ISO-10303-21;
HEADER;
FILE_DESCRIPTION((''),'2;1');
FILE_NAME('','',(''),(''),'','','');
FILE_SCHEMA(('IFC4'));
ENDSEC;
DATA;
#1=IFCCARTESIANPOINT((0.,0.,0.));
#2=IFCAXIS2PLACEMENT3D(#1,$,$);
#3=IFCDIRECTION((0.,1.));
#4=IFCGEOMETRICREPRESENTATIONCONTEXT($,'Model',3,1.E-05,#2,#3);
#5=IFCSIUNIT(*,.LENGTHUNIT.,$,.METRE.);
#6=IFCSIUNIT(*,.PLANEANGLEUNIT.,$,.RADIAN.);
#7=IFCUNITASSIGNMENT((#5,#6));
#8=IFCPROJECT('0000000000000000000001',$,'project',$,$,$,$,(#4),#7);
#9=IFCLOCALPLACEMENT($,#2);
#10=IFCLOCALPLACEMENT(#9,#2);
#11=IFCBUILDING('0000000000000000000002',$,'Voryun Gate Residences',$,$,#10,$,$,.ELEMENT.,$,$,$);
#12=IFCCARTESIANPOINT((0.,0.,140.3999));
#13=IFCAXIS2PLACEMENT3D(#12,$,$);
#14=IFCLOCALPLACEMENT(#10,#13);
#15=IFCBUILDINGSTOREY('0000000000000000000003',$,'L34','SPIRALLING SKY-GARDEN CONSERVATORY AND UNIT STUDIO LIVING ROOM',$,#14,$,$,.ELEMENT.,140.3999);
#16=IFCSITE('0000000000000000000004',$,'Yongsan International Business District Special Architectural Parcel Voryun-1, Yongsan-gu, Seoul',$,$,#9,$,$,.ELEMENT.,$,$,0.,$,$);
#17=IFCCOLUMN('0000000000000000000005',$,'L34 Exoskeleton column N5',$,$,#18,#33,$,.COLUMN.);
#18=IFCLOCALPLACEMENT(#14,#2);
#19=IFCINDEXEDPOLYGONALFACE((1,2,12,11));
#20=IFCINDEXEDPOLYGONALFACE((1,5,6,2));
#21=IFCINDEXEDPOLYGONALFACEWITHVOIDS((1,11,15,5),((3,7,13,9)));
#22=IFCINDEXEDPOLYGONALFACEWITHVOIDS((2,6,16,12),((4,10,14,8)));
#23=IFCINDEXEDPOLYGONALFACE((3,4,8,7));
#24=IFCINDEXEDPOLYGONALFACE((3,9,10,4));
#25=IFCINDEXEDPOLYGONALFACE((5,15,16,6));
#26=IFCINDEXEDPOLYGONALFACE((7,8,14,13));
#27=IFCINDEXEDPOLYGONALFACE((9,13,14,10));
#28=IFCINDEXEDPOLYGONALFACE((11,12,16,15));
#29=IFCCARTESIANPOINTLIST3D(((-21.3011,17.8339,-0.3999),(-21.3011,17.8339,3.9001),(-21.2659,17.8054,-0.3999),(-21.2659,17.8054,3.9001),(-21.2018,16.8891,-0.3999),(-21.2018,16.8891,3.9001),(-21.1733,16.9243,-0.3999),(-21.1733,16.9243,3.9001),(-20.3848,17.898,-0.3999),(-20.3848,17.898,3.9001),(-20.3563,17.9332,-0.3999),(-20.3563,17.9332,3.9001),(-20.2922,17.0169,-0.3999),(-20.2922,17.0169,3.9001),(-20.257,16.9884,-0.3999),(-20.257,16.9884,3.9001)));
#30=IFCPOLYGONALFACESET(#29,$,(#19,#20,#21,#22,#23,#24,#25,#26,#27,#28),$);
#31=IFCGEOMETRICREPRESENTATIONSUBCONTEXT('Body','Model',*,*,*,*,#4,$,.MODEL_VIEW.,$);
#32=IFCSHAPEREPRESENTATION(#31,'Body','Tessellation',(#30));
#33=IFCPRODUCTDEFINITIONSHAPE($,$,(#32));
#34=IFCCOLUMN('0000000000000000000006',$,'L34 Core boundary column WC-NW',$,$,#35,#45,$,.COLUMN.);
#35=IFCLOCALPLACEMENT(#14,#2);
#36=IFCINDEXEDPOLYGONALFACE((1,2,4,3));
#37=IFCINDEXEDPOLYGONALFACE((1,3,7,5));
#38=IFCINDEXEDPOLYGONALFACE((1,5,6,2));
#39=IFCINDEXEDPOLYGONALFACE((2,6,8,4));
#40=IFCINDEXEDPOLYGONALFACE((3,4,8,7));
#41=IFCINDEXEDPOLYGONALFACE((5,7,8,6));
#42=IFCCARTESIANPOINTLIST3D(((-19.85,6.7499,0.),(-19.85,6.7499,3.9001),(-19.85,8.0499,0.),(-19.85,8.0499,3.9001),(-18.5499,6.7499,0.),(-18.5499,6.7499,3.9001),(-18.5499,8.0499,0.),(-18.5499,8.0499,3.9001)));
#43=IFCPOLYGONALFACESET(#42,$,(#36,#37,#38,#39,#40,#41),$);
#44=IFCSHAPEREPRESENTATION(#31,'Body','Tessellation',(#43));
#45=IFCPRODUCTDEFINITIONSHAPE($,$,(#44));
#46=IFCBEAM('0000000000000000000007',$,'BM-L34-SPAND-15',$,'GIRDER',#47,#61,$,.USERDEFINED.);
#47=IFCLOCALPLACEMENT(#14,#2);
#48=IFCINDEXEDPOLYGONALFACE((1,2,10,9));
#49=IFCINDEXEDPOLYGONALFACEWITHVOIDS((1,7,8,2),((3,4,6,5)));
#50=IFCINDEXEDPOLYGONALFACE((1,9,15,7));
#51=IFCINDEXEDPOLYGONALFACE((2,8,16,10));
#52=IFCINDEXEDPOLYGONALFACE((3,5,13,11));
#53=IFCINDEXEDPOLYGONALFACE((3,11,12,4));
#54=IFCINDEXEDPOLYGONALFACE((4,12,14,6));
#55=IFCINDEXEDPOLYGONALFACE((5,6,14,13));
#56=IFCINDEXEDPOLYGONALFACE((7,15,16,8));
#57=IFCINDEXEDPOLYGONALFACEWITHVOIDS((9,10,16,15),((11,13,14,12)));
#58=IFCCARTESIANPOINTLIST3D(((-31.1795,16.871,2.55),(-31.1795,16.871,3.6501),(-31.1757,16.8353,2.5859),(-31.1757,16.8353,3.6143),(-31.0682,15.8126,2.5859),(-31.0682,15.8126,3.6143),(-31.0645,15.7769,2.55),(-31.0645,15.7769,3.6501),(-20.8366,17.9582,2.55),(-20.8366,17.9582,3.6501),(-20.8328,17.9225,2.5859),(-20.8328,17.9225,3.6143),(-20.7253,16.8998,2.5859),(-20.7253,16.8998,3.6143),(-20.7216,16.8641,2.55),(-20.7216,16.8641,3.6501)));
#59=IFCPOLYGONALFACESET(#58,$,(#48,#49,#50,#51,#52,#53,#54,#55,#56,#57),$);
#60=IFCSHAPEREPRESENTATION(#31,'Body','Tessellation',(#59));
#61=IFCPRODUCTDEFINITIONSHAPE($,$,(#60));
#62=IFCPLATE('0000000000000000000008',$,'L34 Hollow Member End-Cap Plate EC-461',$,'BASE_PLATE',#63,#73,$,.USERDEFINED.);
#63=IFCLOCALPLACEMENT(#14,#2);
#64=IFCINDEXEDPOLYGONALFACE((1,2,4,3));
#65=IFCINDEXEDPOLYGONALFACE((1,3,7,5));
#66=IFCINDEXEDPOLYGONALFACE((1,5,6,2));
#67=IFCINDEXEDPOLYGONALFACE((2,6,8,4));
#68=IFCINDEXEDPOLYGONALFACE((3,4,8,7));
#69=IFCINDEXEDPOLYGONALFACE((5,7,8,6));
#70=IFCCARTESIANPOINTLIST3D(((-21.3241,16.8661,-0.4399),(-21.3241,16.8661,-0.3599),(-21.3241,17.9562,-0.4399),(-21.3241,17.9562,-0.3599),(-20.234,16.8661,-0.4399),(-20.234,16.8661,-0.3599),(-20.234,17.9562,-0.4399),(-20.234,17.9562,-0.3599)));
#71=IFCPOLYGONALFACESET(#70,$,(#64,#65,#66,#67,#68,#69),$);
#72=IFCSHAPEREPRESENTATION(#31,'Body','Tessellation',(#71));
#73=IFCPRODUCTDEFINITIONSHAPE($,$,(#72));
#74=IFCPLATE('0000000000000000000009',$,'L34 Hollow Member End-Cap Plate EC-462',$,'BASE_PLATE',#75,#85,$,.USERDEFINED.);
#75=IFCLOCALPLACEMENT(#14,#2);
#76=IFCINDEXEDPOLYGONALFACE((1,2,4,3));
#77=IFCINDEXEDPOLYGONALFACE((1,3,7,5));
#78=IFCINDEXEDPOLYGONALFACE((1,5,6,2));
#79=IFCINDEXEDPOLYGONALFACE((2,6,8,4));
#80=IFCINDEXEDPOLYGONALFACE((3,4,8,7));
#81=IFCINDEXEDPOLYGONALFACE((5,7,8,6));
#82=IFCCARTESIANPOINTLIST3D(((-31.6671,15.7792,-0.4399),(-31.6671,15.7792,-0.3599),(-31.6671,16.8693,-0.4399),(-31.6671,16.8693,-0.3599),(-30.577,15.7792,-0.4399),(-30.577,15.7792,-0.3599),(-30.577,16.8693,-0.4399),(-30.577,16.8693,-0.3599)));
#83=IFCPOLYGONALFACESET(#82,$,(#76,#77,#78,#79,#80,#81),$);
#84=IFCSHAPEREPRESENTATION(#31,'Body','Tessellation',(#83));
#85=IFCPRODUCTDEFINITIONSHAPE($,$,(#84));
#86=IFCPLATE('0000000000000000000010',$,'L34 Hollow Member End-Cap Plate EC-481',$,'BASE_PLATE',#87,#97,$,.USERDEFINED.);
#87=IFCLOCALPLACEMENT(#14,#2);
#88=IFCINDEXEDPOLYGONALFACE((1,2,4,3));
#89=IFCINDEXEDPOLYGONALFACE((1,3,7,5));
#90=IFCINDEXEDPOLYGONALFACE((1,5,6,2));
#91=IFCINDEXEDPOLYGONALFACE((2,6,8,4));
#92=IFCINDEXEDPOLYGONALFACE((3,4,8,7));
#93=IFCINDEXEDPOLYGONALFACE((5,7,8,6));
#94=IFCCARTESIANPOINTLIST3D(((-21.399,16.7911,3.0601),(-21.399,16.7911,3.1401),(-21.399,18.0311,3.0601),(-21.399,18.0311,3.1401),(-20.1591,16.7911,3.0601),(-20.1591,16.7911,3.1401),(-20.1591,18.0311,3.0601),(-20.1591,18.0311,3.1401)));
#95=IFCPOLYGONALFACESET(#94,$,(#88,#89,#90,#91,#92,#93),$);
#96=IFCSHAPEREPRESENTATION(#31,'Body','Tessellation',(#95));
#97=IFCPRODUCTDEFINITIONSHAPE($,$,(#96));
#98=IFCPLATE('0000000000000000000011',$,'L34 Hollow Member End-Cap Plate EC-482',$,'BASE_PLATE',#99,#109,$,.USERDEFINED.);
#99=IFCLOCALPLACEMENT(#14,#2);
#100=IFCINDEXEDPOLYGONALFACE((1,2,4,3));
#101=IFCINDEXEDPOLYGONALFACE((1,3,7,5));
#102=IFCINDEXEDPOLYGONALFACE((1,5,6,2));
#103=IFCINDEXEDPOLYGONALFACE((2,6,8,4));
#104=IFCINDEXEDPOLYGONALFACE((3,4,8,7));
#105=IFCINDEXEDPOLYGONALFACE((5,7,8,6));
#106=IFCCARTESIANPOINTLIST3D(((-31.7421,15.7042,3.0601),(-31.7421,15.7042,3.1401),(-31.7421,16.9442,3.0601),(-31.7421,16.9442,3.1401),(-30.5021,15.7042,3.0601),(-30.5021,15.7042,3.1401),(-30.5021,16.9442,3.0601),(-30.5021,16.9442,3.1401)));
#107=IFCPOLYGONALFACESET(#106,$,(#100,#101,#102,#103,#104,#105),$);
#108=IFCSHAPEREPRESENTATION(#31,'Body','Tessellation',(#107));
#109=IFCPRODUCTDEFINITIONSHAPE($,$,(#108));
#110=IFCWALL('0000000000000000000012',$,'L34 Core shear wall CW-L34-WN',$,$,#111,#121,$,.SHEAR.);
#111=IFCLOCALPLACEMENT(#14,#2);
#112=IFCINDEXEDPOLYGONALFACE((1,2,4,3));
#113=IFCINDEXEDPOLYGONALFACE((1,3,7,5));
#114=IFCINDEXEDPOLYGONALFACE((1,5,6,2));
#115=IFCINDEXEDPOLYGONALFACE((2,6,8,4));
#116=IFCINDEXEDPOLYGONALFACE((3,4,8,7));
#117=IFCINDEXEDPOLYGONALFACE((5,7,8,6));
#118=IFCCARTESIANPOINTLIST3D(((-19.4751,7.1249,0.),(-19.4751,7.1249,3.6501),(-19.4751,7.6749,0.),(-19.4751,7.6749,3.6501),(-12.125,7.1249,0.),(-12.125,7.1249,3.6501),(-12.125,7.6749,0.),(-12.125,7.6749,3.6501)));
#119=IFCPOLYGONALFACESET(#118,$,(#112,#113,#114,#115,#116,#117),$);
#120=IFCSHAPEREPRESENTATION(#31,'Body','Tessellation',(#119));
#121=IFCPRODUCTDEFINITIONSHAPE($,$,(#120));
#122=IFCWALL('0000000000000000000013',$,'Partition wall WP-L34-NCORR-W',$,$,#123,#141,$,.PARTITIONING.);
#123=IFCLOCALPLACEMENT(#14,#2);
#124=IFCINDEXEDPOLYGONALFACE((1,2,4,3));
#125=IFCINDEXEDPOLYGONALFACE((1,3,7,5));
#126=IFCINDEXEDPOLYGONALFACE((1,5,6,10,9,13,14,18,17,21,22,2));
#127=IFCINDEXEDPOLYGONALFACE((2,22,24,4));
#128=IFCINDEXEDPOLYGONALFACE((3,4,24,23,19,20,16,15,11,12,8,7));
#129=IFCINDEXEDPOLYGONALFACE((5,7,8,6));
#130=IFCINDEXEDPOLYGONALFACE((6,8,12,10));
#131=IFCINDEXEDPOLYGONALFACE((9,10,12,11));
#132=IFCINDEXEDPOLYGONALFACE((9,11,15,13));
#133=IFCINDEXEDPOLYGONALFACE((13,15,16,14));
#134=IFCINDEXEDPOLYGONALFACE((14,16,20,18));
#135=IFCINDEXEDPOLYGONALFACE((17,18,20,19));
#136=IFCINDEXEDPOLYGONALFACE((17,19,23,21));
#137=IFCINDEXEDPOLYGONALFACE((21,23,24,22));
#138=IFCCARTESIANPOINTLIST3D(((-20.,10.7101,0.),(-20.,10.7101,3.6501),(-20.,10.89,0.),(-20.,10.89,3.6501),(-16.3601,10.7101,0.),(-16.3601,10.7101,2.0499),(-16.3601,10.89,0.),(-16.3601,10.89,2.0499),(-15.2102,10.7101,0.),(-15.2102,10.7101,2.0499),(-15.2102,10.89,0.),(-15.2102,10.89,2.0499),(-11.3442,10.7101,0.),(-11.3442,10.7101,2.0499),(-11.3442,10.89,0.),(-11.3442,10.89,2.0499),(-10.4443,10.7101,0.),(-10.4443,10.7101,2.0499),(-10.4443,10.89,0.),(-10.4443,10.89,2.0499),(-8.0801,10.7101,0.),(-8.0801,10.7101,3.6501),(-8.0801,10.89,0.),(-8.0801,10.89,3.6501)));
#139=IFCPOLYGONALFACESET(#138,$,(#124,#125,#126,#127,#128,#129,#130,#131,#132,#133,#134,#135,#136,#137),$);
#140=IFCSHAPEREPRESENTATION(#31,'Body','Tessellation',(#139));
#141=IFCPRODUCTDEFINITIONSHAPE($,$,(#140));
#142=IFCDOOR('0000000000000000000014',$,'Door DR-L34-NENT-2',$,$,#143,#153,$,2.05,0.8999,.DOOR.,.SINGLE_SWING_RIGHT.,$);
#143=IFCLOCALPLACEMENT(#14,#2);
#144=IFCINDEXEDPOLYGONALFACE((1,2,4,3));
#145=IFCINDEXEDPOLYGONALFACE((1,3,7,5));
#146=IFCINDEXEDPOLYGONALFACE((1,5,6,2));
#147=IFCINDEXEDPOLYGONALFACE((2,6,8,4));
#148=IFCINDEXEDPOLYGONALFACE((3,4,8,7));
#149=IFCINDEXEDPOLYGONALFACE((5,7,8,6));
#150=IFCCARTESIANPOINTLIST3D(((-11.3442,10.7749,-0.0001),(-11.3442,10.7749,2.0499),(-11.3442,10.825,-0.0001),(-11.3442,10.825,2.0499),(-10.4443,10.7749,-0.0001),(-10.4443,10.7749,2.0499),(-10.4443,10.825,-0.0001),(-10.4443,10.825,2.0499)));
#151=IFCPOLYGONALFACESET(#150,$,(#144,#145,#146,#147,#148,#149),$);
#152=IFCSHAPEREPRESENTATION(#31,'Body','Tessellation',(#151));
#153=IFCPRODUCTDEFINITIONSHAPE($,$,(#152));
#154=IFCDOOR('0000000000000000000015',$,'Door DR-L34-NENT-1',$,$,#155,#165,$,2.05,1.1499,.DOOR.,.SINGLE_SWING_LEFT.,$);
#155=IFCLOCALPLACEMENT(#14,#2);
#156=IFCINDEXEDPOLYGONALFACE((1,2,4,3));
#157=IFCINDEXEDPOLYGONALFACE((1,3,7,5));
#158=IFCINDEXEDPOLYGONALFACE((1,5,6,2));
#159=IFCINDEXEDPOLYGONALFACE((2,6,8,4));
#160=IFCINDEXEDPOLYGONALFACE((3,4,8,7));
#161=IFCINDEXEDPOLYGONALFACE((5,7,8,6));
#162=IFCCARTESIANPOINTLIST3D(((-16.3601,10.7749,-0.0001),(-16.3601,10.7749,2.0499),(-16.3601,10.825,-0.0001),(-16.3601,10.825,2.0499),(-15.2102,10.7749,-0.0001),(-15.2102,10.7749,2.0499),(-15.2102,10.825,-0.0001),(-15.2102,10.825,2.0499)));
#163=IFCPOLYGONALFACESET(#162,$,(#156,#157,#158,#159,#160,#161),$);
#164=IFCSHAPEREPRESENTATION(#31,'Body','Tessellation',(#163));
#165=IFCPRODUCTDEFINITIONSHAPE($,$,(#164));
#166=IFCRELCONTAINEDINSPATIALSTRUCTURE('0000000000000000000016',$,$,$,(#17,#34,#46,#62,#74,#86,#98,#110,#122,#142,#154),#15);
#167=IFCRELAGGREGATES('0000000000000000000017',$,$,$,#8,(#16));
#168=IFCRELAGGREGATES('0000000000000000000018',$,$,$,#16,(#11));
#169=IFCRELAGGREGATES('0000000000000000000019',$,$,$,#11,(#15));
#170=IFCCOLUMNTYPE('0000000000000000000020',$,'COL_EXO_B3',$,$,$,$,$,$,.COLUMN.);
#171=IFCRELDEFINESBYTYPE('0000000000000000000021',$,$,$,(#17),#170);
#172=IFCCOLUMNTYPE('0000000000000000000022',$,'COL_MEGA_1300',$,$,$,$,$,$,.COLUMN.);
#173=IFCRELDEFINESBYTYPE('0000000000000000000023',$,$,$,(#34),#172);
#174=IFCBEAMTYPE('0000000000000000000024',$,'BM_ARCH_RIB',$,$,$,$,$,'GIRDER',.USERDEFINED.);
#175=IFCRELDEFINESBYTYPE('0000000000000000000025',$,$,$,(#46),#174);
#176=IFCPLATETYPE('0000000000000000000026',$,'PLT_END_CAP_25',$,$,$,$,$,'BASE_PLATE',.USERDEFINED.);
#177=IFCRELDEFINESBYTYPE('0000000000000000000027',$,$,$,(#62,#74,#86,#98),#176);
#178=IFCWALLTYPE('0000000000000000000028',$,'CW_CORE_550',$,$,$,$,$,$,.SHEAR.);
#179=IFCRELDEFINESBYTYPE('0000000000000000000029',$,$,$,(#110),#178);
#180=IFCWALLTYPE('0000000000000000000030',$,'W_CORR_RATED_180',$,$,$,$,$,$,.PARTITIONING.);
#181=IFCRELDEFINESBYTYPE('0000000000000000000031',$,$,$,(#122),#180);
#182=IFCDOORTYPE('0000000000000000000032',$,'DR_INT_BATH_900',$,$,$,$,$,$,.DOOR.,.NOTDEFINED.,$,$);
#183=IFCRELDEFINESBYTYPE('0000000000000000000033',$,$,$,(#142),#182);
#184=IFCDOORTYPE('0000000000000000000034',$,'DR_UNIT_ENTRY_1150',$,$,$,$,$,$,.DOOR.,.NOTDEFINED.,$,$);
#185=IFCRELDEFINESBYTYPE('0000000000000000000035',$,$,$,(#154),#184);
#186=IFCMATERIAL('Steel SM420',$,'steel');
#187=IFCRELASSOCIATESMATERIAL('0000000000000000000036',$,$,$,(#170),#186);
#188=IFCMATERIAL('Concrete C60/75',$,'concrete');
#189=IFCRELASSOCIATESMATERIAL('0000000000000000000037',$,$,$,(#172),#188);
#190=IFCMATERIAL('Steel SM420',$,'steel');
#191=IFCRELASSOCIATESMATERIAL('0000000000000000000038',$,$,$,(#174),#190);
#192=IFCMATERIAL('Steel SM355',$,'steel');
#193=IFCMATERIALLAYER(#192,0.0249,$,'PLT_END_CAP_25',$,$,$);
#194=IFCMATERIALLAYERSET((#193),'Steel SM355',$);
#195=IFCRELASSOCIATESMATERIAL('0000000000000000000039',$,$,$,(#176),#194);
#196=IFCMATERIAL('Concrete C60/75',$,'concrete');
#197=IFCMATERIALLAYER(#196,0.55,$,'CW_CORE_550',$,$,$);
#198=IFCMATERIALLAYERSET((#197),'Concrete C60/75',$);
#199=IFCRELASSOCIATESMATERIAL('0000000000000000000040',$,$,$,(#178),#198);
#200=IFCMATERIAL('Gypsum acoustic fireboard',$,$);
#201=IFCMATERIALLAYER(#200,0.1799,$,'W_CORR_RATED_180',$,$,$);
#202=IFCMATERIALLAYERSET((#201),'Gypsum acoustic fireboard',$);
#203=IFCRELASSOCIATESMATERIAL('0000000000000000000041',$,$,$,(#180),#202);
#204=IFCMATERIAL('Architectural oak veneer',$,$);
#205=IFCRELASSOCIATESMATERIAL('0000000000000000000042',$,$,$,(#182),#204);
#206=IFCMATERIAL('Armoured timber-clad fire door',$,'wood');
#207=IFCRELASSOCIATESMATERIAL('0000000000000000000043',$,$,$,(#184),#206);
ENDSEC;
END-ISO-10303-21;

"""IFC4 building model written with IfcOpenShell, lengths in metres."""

from ifc_helpers import new_model, si_unit, direction, frame, frame_2d, origin, origin_2d, place, context, subcontext, project, spatial, rectangle, hollow_rectangle, extrude, material, layer, layer_set, material_profile, profile_set, type_object, element, fill, save


model = new_model("IFC4")

# Units and contexts
model_context = context("Model", 3, precision=1e-05, world=origin(), true_north=direction((0.0, 1.0)))
body_context = subcontext(model_context, "Body", "Model", "MODEL_VIEW")
ifc_project = project(units=[si_unit("LENGTHUNIT", "METRE"), si_unit("PLANEANGLEUNIT", "RADIAN")], contexts=[model_context])

# Site, building, storey
site_placement = place(None, origin())
site = spatial("IfcSite", under=ifc_project, at=site_placement, Name="Yongsan International Business District Special Architectural Parcel Voryun-1, Yongsan-gu, Seoul", CompositionType="ELEMENT", RefElevation=0.0)
building_placement = place(site_placement, origin())
building = spatial("IfcBuilding", under=site, at=building_placement, Name="Voryun Gate Residences", CompositionType="ELEMENT")
storey_placement = place(building_placement, frame((0.0, 0.0, 140.3999)))
storey = spatial("IfcBuildingStorey", under=building, at=storey_placement, Name="L34", Description="SPIRALLING SKY-GARDEN CONSERVATORY AND UNIT STUDIO LIVING ROOM", CompositionType="ELEMENT", Elevation=140.3999)

# Columns
ifc_material_1 = material(Name="Steel SM420", Category="steel")
ifc_material_profile_1 = material_profile(ifc_material_1, hollow_rectangle(XDim=0.95, YDim=0.95, WallThickness=0.032, at=origin_2d()), Name="BOX-950x950x32")
ifc_profile_set_1 = profile_set([ifc_material_profile_1], Name="Steel SM420")
column_type_1 = type_object("IfcColumnType", Name="COL_EXO_B3", PredefinedType="COLUMN", material=ifc_profile_set_1)
column_1_placement = place(storey_placement, frame((-20.7791, 17.4111, -0.3999), z_axis=(0.0, 0.0, 1.0), x_axis=(0.994522, 0.104528, 0.0)))
element("IfcColumn", 1, at=column_1_placement, inside=storey, type_object=column_type_1, Name="L34 Exoskeleton column N5", PredefinedType="COLUMN", context=body_context, shape_type="SweptSolid", body=[
    extrude(hollow_rectangle(XDim=0.95, YDim=0.95, WallThickness=0.032, at=origin_2d()), origin(), (0.0, 0.0, 1.0), 4.3),
])
ifc_material_2 = material(Name="Concrete C60/75", Category="concrete")
ifc_material_profile_2 = material_profile(ifc_material_2, rectangle(XDim=1.3, YDim=1.3, at=origin_2d()), Name="RC-1300x1300")
ifc_profile_set_2 = profile_set([ifc_material_profile_2], Name="Concrete C60/75")
column_type_2 = type_object("IfcColumnType", Name="COL_MEGA_1300", PredefinedType="COLUMN", material=ifc_profile_set_2)
column_2_placement = place(storey_placement, frame((-19.2, 7.3999, 0.0), z_axis=(0.0, 0.0, 1.0), x_axis=(1.0, 0.0, 0.0)))
element("IfcColumn", 2, at=column_2_placement, inside=storey, type_object=column_type_2, Name="L34 Core boundary column WC-NW", PredefinedType="COLUMN", context=body_context, shape_type="SweptSolid", body=[
    extrude(rectangle(XDim=1.3, YDim=1.3, at=origin_2d()), origin(), (0.0, 0.0, 1.0), 3.9001),
])

# Beam
ifc_material_3 = material(Name="Steel SM420", Category="steel")
ifc_material_profile_3 = material_profile(ifc_material_3, hollow_rectangle(XDim=1.1001, YDim=1.1001, WallThickness=0.0359, at=origin_2d()), Name="BOX-1100x1100x36")
ifc_profile_set_3 = profile_set([ifc_material_profile_3], Name="Steel SM420")
beam_type = type_object("IfcBeamType", Name="BM_ARCH_RIB", ElementType="GIRDER", PredefinedType="USERDEFINED", material=ifc_profile_set_3)
beam_placement = place(storey_placement, frame((-20.7791, 17.4111, 3.1001), z_axis=(-0.994521, -0.104534, 0.0), x_axis=(0.104534, -0.994521, 0.0)))
element("IfcBeam", 3, at=beam_placement, inside=storey, type_object=beam_type, Name="BM-L34-SPAND-15", ObjectType="GIRDER", PredefinedType="USERDEFINED", context=body_context, shape_type="SweptSolid", body=[
    extrude(hollow_rectangle(XDim=1.1001, YDim=1.1001, WallThickness=0.0359, at=origin_2d()), origin(), (0.0, 0.0, 1.0), 10.3999),
])

# Plates
ifc_material_4 = material(Name="Steel SM355", Category="steel")
ifc_layer_1 = layer(ifc_material_4, 0.0249, Name="PLT_END_CAP_25")
ifc_layer_set_1 = layer_set([ifc_layer_1], Name="Steel SM355")
plate_type = type_object("IfcPlateType", Name="PLT_END_CAP_25", ElementType="BASE_PLATE", PredefinedType="USERDEFINED", material=ifc_layer_set_1)
for number, where, z_axis, x_axis, name in (
    (4, (-20.7791, 17.4111, -0.4399), (0.0, 0.0, 1.0), (1.0, 0.0, 0.0), "L34 Hollow Member End-Cap Plate EC-461"),
    (5, (-31.1221, 16.3242, -0.4399), (0.0, 0.0, 1.0), (1.0, 0.0, 0.0), "L34 Hollow Member End-Cap Plate EC-462"),
):
    element("IfcPlate", number, at=place(storey_placement, frame(where, z_axis=z_axis, x_axis=x_axis)), inside=storey, type_object=plate_type, Name=name, ObjectType="BASE_PLATE", PredefinedType="USERDEFINED", context=body_context, shape_type="SweptSolid", body=[
        extrude(rectangle(XDim=1.0901, YDim=1.0901, at=origin_2d()), origin(), (0.0, 0.0, 1.0), 0.0801),
    ])
for number, where, z_axis, x_axis, name in (
    (6, (-20.7791, 17.4111, 3.0601), (0.0, 0.0, 1.0), (1.0, 0.0, 0.0), "L34 Hollow Member End-Cap Plate EC-481"),
    (7, (-31.1221, 16.3242, 3.0601), (0.0, 0.0, 1.0), (1.0, 0.0, 0.0), "L34 Hollow Member End-Cap Plate EC-482"),
):
    element("IfcPlate", number, at=place(storey_placement, frame(where, z_axis=z_axis, x_axis=x_axis)), inside=storey, type_object=plate_type, Name=name, ObjectType="BASE_PLATE", PredefinedType="USERDEFINED", context=body_context, shape_type="SweptSolid", body=[
        extrude(rectangle(XDim=1.24, YDim=1.24, at=origin_2d()), origin(), (0.0, 0.0, 1.0), 0.0801),
    ])

# Wall
ifc_material_5 = material(Name="Concrete C60/75", Category="concrete")
ifc_layer_2 = layer(ifc_material_5, 0.55, Name="CW_CORE_550")
ifc_layer_set_2 = layer_set([ifc_layer_2], Name="Concrete C60/75")
wall_type_1 = type_object("IfcWallType", Name="CW_CORE_550", PredefinedType="SHEAR", material=ifc_layer_set_2)
wall_1_placement = place(storey_placement, frame((-19.4751, 7.3999, 0.0), z_axis=(0.0, 0.0, 1.0), x_axis=(1.0, 0.0, 0.0)))
element("IfcWall", 8, at=wall_1_placement, inside=storey, type_object=wall_type_1, Name="L34 Core shear wall CW-L34-WN", PredefinedType="SHEAR", context=body_context, shape_type="SweptSolid", body=[
    extrude(rectangle(XDim=7.3501, YDim=0.55, at=frame_2d((3.675, 0.0))), origin(), (0.0, 0.0, 1.0), 3.6501),
])

# Wall, openings, doors
ifc_material_6 = material(Name="Gypsum acoustic fireboard")
ifc_layer_3 = layer(ifc_material_6, 0.1799, Name="W_CORR_RATED_180")
ifc_layer_set_3 = layer_set([ifc_layer_3], Name="Gypsum acoustic fireboard")
wall_type_2 = type_object("IfcWallType", Name="W_CORR_RATED_180", PredefinedType="PARTITIONING", material=ifc_layer_set_3)
wall_2_placement = place(storey_placement, frame((-20.0, 10.8, 0.0), z_axis=(0.0, 0.0, 1.0), x_axis=(1.0, 0.0, 0.0)))
wall_2 = element("IfcWall", 9, at=wall_2_placement, inside=storey, type_object=wall_type_2, Name="Partition wall WP-L34-NCORR-W", PredefinedType="PARTITIONING", context=body_context, shape_type="SweptSolid", body=[
    extrude(rectangle(XDim=11.9199, YDim=0.1799, at=frame_2d((5.96, 0.0))), origin(), (0.0, 0.0, 1.0), 3.6501),
])
opening_1_placement = place(wall_2_placement, frame((3.6399, 0.0, 0.0)))
opening_1 = element("IfcOpeningElement", 10, at=opening_1_placement, cuts=wall_2, PredefinedType="OPENING", context=body_context, shape_type="SweptSolid", body=[
    extrude(rectangle(XDim=1.1499, YDim=2.05, at=frame_2d((0.575, 1.0249))), frame((0.0, 0.0999, 0.0), z_axis=(0.0, -1.0, 0.0), x_axis=(1.0, 0.0, 0.0)), (0.0, 0.0, 1.0), 0.2),
])
opening_2_placement = place(wall_2_placement, frame((8.6558, 0.0, 0.0)))
opening_2 = element("IfcOpeningElement", 11, at=opening_2_placement, cuts=wall_2, PredefinedType="OPENING", context=body_context, shape_type="SweptSolid", body=[
    extrude(rectangle(XDim=0.8999, YDim=2.05, at=frame_2d((0.45, 1.0249))), frame((0.0, 0.0999, 0.0), z_axis=(0.0, -1.0, 0.0), x_axis=(1.0, 0.0, 0.0)), (0.0, 0.0, 1.0), 0.2),
])
ifc_material_7 = material(Name="Architectural oak veneer")
door_type_1 = type_object("IfcDoorType", Name="DR_INT_BATH_900", OperationType="NOTDEFINED", PredefinedType="DOOR", material=ifc_material_7)
door_1_placement = place(opening_2_placement, origin())
door_1 = element("IfcDoor", 12, at=door_1_placement, inside=storey, type_object=door_type_1, Name="Door DR-L34-NENT-2", OperationType="SINGLE_SWING_RIGHT", OverallHeight=2.05, OverallWidth=0.8999, PredefinedType="DOOR", context=body_context, shape_type="SweptSolid", body=[
    extrude(rectangle(XDim=0.8999, YDim=2.05, at=frame_2d((0.45, 1.0249))), frame((0.0, 0.0249, 0.0), z_axis=(0.0, -1.0, 0.0), x_axis=(1.0, 0.0, 0.0)), (0.0, 0.0, 1.0), 0.05),
])
fill(opening_2, door_1)
ifc_material_8 = material(Name="Armoured timber-clad fire door", Category="wood")
door_type_2 = type_object("IfcDoorType", Name="DR_UNIT_ENTRY_1150", OperationType="NOTDEFINED", PredefinedType="DOOR", material=ifc_material_8)
door_2_placement = place(opening_1_placement, origin())
door_2 = element("IfcDoor", 13, at=door_2_placement, inside=storey, type_object=door_type_2, Name="Door DR-L34-NENT-1", OperationType="SINGLE_SWING_LEFT", OverallHeight=2.05, OverallWidth=1.1499, PredefinedType="DOOR", context=body_context, shape_type="SweptSolid", body=[
    extrude(rectangle(XDim=1.1499, YDim=2.05, at=frame_2d((0.575, 1.0249))), frame((0.0, 0.0249, 0.0), z_axis=(0.0, -1.0, 0.0), x_axis=(1.0, 0.0, 0.0)), (0.0, 0.0, 1.0), 0.05),
])
fill(opening_1, door_2)

save(model, "model.ifc")
